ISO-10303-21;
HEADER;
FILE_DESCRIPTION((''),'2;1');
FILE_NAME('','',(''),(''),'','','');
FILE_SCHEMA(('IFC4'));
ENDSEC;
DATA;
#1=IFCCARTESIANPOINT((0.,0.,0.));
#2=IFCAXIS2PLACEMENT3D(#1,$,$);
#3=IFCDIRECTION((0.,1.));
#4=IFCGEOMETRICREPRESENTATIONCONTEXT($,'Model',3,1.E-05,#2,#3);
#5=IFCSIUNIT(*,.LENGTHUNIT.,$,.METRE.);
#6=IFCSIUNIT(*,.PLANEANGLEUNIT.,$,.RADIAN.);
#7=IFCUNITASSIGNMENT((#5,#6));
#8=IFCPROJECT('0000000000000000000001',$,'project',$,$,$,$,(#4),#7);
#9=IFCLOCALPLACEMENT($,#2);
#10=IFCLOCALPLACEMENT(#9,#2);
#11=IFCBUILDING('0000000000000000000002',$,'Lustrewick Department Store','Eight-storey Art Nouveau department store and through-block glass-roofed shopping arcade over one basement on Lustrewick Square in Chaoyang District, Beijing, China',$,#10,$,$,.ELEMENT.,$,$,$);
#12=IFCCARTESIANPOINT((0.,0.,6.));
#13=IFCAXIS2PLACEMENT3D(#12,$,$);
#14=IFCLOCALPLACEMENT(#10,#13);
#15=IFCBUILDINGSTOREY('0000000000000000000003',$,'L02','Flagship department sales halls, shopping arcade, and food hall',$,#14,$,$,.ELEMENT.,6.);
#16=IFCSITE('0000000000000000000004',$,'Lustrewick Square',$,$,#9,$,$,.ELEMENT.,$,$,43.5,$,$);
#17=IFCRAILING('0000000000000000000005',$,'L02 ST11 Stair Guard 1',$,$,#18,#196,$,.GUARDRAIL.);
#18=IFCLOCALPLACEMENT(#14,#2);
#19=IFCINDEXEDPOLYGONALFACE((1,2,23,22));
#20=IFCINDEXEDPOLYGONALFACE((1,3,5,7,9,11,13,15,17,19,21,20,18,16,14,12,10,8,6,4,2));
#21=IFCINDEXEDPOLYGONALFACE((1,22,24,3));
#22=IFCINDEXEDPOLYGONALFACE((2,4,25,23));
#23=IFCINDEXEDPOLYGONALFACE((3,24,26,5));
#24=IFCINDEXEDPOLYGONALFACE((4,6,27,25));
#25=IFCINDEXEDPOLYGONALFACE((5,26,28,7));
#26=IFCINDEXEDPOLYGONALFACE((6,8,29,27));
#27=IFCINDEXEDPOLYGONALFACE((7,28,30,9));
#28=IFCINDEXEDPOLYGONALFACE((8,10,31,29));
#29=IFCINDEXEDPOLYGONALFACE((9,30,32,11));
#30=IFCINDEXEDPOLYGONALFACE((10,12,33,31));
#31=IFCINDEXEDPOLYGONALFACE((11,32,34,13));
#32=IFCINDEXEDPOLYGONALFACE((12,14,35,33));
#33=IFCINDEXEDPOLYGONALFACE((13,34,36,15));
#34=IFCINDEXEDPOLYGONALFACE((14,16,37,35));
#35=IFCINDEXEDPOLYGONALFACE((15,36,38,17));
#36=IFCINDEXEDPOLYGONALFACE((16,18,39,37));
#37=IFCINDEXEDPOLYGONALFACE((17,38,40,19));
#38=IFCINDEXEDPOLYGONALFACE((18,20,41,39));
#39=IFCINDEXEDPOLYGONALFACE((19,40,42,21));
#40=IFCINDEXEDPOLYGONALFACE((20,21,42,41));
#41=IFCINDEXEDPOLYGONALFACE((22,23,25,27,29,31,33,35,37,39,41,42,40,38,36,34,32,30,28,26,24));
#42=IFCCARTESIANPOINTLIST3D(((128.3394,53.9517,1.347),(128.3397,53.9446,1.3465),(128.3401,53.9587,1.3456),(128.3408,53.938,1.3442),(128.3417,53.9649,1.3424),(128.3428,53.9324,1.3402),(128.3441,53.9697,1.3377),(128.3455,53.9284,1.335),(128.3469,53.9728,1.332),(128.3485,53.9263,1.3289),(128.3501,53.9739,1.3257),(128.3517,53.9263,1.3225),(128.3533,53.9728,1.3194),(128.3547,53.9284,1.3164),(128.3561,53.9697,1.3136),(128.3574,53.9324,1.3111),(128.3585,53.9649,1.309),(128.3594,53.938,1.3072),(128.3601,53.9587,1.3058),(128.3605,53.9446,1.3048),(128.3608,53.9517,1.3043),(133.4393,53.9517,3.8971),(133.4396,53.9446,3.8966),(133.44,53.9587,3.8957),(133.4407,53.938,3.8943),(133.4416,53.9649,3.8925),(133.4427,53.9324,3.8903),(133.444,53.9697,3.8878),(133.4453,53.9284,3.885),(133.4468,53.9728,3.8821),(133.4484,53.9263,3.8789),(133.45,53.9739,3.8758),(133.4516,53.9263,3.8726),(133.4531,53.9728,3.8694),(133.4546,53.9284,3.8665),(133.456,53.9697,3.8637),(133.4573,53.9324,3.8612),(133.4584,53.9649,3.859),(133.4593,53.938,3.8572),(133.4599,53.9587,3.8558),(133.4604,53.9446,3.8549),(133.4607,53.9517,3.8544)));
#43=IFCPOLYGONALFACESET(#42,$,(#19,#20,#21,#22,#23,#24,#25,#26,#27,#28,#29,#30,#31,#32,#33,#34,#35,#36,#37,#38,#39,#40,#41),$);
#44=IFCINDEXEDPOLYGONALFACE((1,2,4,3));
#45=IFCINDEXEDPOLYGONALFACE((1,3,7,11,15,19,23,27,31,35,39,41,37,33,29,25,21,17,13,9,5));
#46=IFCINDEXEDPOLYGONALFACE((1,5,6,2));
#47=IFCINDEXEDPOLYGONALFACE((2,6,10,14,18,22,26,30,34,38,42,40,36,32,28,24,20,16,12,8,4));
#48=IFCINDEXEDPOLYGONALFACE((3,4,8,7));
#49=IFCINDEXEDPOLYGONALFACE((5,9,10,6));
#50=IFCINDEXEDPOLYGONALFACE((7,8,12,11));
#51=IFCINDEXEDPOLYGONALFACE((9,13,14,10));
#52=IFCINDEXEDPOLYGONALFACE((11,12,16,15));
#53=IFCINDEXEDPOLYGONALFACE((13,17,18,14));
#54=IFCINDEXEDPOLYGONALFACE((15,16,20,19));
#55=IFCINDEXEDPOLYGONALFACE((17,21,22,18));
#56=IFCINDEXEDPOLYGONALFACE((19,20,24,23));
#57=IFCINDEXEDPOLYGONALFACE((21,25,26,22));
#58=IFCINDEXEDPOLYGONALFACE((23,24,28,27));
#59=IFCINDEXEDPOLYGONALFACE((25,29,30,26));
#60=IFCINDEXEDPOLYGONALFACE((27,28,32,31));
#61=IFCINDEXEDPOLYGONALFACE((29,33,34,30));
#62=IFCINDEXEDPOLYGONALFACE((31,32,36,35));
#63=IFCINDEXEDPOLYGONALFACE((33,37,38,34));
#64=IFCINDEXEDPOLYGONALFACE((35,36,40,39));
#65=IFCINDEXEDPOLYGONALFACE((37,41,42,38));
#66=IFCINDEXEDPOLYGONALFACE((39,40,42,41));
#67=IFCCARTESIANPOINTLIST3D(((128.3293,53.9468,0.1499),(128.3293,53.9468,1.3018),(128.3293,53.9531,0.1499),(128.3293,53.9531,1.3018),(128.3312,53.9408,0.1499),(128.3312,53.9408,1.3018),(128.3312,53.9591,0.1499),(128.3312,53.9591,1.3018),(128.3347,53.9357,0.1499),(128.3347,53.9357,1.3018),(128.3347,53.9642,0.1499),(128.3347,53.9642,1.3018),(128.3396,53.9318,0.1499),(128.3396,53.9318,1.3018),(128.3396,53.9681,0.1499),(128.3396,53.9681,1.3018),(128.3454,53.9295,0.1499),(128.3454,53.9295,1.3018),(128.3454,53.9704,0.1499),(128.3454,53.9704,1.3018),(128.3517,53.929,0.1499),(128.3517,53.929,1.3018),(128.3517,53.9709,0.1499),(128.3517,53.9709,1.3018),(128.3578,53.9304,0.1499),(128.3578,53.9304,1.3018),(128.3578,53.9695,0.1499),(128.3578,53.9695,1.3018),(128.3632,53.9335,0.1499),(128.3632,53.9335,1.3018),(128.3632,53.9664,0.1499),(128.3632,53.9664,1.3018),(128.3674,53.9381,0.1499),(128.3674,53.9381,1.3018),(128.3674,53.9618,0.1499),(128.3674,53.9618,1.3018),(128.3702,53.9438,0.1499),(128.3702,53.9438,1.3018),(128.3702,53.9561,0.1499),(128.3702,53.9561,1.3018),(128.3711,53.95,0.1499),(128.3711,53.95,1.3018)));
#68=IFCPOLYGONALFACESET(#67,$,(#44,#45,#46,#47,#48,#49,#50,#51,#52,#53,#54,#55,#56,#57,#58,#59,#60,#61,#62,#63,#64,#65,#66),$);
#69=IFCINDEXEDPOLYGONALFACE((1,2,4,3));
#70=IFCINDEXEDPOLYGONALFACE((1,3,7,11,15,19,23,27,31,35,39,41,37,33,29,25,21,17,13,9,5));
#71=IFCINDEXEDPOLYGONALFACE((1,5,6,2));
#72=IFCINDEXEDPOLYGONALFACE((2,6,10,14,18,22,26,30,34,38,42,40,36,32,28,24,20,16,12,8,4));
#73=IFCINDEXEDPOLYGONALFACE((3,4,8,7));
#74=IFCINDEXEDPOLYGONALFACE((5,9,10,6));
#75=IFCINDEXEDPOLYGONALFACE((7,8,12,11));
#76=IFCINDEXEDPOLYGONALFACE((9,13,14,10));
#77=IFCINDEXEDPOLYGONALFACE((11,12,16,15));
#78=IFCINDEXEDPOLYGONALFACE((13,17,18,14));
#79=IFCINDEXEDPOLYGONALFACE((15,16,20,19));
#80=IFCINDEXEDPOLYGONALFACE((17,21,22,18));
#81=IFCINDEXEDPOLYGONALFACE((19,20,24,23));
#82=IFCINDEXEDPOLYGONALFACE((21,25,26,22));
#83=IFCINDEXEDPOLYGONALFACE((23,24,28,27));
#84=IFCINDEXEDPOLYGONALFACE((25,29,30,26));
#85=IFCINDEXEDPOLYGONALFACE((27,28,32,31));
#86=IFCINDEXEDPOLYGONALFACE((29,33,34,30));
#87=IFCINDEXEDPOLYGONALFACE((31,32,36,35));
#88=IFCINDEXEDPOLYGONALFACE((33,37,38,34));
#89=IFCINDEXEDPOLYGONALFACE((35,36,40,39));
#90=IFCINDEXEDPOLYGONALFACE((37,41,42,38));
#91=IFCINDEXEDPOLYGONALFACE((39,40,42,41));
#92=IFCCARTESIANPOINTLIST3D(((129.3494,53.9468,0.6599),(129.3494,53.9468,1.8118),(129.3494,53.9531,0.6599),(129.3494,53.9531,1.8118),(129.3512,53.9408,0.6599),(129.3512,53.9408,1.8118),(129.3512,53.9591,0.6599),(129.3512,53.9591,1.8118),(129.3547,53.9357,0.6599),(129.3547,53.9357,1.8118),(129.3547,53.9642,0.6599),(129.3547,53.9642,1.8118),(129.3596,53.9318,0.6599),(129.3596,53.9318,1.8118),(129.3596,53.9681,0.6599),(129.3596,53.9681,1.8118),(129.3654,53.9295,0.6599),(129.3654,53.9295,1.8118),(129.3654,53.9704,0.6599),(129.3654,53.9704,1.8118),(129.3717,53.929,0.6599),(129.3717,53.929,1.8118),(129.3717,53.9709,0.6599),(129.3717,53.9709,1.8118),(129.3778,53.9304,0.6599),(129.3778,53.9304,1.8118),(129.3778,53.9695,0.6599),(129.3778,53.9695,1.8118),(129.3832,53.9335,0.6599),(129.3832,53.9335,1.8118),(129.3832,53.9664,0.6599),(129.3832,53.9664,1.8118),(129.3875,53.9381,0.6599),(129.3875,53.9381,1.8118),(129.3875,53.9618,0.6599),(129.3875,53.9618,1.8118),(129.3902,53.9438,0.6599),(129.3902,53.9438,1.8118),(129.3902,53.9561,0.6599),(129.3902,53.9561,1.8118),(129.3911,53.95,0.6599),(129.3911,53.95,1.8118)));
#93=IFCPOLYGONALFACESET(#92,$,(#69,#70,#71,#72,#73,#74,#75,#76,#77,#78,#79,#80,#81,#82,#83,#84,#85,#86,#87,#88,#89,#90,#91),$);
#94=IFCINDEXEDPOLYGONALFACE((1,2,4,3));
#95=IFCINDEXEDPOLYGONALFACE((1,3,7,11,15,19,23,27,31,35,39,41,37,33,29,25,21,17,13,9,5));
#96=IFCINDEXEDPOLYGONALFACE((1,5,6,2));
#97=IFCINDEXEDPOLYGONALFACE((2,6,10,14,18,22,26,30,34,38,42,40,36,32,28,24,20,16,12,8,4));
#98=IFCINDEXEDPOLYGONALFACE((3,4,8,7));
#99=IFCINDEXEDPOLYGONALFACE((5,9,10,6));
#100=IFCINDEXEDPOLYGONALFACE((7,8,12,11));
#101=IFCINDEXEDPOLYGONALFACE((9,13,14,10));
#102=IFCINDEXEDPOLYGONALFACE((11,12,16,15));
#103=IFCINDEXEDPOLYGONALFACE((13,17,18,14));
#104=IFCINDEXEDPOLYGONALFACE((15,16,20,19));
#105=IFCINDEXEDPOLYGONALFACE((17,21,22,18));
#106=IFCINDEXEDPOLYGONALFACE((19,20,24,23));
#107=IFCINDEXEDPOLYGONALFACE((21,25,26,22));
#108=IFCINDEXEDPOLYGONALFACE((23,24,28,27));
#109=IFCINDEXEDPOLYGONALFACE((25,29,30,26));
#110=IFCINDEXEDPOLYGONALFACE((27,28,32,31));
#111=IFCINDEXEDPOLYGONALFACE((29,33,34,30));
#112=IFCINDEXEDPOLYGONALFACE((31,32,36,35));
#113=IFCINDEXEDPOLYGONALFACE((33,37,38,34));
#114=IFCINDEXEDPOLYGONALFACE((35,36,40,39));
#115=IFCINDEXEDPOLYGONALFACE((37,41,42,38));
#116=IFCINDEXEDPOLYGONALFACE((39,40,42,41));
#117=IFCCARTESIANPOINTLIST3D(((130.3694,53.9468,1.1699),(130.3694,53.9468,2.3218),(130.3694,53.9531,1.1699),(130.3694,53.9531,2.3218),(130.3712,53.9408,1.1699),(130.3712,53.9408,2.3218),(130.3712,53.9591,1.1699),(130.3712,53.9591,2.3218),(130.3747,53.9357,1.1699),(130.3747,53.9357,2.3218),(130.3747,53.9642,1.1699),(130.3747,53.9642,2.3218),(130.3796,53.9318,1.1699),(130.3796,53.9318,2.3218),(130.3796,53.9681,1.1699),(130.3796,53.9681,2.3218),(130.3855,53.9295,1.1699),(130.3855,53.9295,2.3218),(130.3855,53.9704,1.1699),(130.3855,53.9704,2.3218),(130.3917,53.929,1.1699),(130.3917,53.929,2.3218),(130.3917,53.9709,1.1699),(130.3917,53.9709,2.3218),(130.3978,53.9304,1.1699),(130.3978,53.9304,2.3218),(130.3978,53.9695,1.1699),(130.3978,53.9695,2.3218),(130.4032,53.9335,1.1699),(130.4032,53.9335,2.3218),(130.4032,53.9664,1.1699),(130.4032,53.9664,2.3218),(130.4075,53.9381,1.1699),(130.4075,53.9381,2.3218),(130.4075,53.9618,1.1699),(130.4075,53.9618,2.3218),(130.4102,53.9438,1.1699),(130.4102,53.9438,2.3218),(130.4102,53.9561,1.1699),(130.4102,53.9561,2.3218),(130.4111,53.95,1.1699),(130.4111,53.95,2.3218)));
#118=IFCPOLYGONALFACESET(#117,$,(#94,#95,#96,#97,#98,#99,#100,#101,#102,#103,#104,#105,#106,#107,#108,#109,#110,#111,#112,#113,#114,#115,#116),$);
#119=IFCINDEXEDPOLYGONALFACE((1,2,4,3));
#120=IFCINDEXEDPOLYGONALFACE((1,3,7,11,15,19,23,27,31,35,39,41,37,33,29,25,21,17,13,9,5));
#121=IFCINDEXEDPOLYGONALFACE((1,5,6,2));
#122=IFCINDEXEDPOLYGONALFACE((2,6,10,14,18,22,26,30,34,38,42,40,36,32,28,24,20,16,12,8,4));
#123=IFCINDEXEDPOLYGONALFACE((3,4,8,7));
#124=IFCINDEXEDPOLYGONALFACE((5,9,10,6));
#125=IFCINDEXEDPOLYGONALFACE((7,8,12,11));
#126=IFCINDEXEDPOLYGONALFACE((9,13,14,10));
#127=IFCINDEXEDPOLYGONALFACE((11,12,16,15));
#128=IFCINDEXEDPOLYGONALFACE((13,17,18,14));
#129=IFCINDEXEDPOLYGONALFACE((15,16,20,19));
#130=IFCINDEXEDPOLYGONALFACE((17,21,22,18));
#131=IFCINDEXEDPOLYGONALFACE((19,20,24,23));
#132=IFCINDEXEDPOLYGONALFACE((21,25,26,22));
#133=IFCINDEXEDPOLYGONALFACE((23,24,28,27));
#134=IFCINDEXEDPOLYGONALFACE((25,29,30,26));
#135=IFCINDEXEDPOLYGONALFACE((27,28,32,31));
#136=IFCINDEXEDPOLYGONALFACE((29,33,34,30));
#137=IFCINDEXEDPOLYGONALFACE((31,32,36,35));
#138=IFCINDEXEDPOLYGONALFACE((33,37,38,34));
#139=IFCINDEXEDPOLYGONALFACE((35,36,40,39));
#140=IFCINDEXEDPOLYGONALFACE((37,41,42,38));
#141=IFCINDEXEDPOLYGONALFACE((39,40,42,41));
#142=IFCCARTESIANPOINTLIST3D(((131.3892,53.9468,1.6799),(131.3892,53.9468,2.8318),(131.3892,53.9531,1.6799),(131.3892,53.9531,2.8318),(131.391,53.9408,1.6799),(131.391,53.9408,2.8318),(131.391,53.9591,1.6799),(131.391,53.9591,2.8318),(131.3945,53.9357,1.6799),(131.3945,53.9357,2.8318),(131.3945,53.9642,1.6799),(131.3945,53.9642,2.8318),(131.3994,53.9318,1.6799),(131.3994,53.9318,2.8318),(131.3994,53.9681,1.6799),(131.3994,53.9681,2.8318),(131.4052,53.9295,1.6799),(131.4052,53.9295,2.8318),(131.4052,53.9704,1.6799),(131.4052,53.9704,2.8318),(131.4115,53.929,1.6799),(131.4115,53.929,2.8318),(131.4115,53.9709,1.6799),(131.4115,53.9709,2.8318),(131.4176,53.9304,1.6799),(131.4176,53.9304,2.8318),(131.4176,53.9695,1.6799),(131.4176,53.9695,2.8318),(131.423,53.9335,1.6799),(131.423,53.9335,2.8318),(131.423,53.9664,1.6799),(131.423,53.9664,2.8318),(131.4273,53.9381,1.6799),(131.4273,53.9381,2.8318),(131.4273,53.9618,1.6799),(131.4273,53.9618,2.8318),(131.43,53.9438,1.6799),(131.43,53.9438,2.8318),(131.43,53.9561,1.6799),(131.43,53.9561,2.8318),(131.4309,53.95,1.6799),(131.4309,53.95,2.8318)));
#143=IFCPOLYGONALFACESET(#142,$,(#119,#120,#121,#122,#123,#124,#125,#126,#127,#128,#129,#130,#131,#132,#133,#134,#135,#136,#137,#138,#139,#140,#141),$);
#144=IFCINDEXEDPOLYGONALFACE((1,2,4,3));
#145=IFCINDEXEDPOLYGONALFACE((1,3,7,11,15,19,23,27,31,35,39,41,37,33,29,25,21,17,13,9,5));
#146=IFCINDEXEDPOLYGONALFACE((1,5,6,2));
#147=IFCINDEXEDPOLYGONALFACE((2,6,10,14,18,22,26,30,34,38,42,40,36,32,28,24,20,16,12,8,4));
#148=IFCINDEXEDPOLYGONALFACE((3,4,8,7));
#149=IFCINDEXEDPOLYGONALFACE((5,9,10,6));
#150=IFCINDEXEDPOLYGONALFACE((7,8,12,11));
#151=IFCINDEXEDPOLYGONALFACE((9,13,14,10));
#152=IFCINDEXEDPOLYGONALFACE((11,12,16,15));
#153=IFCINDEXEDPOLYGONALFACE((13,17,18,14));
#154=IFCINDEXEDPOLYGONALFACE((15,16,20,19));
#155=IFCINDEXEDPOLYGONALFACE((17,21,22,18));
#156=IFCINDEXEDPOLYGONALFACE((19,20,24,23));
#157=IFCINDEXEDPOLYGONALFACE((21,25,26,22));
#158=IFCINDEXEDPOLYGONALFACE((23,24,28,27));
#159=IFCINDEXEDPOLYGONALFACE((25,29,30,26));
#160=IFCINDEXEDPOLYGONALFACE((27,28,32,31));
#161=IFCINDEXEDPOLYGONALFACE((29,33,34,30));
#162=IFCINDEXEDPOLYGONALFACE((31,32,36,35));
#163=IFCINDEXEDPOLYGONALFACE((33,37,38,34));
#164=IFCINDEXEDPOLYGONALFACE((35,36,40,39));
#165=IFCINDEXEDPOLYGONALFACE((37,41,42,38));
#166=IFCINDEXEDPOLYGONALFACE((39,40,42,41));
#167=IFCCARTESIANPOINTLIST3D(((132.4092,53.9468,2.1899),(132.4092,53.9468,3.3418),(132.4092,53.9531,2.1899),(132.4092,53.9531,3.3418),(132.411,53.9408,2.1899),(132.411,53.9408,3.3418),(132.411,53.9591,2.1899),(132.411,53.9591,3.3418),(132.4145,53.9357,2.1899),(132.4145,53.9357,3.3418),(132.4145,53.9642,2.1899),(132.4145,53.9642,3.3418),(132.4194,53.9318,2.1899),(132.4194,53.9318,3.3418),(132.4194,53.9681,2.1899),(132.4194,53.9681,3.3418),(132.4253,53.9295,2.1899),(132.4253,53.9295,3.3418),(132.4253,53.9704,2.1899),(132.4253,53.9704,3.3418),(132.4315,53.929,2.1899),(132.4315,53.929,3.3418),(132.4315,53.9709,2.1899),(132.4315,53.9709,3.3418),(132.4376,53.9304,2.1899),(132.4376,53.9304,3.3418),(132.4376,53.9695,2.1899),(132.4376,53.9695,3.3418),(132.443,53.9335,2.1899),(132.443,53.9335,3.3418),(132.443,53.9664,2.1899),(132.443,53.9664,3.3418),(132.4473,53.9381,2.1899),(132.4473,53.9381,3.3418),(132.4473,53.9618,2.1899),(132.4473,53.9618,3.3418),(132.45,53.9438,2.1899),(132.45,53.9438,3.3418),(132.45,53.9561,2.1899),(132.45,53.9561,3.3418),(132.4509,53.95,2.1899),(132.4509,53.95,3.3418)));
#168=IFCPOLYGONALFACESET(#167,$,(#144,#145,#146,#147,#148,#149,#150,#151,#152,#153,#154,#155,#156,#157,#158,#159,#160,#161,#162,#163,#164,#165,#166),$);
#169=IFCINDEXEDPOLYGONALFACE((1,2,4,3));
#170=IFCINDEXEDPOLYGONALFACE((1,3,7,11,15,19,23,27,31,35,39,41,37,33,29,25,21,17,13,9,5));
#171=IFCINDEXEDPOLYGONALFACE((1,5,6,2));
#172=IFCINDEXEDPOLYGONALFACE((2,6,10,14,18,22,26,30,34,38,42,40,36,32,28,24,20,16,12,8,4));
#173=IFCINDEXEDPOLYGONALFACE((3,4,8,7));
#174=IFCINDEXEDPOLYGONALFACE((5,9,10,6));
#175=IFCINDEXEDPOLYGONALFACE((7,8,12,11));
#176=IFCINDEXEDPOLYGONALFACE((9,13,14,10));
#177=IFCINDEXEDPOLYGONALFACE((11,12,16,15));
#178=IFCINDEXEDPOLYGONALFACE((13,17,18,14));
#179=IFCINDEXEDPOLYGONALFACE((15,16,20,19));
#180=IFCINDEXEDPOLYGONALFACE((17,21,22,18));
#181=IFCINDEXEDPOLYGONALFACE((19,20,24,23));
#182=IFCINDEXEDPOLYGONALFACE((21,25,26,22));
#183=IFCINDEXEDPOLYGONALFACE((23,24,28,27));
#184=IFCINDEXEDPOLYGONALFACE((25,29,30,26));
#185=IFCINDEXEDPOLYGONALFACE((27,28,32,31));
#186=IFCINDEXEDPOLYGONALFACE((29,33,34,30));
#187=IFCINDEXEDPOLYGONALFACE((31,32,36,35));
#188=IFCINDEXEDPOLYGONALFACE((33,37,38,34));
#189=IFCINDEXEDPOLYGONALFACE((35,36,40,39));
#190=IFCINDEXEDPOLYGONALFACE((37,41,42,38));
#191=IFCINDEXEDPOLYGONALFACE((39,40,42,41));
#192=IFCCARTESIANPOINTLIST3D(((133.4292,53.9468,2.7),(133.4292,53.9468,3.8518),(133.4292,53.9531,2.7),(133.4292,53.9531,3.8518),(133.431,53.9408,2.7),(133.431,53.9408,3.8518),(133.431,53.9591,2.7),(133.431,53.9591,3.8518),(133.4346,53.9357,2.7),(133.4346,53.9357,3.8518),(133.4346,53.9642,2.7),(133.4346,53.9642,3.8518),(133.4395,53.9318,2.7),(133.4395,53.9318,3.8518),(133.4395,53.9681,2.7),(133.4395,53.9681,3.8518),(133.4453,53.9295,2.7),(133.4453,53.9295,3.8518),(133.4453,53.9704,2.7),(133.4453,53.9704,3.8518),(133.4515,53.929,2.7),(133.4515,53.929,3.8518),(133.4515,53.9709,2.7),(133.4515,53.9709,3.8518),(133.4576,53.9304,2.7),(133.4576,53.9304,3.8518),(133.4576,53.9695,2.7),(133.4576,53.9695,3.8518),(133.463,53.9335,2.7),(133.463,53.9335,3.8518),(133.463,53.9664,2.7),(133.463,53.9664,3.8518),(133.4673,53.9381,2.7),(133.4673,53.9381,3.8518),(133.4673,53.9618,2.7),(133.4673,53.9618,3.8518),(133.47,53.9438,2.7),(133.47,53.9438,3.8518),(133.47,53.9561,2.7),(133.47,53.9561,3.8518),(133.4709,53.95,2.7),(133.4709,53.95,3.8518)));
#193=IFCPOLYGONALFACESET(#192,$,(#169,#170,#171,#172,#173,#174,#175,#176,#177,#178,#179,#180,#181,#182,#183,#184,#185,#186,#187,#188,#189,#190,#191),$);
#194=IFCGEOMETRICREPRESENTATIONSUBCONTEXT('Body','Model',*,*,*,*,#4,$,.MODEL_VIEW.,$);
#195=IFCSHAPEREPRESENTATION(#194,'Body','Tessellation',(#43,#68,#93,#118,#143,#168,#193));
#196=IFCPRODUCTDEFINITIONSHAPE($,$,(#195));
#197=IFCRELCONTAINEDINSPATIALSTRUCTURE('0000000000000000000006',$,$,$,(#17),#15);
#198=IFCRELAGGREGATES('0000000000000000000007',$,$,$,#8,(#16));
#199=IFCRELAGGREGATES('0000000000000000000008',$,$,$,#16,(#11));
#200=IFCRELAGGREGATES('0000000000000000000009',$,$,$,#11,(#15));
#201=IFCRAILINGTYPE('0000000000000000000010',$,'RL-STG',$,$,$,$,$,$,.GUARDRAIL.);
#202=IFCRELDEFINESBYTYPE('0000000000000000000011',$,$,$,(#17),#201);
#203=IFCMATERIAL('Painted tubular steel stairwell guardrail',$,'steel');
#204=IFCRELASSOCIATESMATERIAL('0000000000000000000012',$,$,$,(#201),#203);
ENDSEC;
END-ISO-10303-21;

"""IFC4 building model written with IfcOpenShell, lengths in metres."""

from ifc_helpers import new_model, si_unit, direction, frame, origin, origin_2d, place, context, subcontext, project, spatial, circle, extrude, material, type_object, element, save


model = new_model("IFC4")

# Units and contexts
model_context = context("Model", 3, precision=1e-05, world=origin(), true_north=direction((0.0, 1.0)))
body_context = subcontext(model_context, "Body", "Model", "MODEL_VIEW")
ifc_project = project(units=[si_unit("LENGTHUNIT", "METRE"), si_unit("PLANEANGLEUNIT", "RADIAN")], contexts=[model_context])

# Site, building, storey
site_placement = place(None, origin())
site = spatial("IfcSite", under=ifc_project, at=site_placement, Name="Lustrewick Square", CompositionType="ELEMENT", RefElevation=43.5)
building_placement = place(site_placement, origin())
building = spatial("IfcBuilding", under=site, at=building_placement, Name="Lustrewick Department Store", Description="Eight-storey Art Nouveau department store and through-block glass-roofed shopping arcade over one basement on Lustrewick Square in Chaoyang District, Beijing, China", CompositionType="ELEMENT")
storey_placement = place(building_placement, frame((0.0, 0.0, 6.0)))
storey = spatial("IfcBuildingStorey", under=building, at=storey_placement, Name="L02", Description="Flagship department sales halls, shopping arcade, and food hall", CompositionType="ELEMENT", Elevation=6.0)

# Railing
ifc_material_1 = material(Name="Painted tubular steel stairwell guardrail", Category="steel")
railing_type_1 = type_object("IfcRailingType", Name="RL-STG", PredefinedType="GUARDRAIL", material=ifc_material_1)
railing_1_placement = place(storey_placement, frame((128.3501, 53.95, 0.1499)))
element("IfcRailing", 1, at=railing_1_placement, inside=storey, type_object=railing_type_1, Name="L02 ST11 Stair Guard 1", PredefinedType="GUARDRAIL", context=body_context, shape_type="SweptSolid", body=[
    extrude(circle(Radius=0.0239, at=origin_2d()), frame((0.0, 0.0, 1.1758), z_axis=(0.894419, 0.0, 0.447231), x_axis=(0.0, 1.0, 0.0)), (0.0, 0.0, 1.0), 5.7019),
    extrude(circle(Radius=0.021, at=origin_2d()), origin(), (0.0, 0.0, 1.0), 1.1519),
    extrude(circle(Radius=0.021, at=origin_2d()), frame((1.02, 0.0, 0.51)), (0.0, 0.0, 1.0), 1.1519),
    extrude(circle(Radius=0.021, at=origin_2d()), frame((2.04, 0.0, 1.02)), (0.0, 0.0, 1.0), 1.1519),
    extrude(circle(Radius=0.021, at=origin_2d()), frame((3.0598, 0.0, 1.53)), (0.0, 0.0, 1.0), 1.1519),
    extrude(circle(Radius=0.021, at=origin_2d()), frame((4.0798, 0.0, 2.04)), (0.0, 0.0, 1.0), 1.1519),
    extrude(circle(Radius=0.021, at=origin_2d()), frame((5.0999, 0.0, 2.55)), (0.0, 0.0, 1.0), 1.1519),
])

save(model, "model.ifc")
